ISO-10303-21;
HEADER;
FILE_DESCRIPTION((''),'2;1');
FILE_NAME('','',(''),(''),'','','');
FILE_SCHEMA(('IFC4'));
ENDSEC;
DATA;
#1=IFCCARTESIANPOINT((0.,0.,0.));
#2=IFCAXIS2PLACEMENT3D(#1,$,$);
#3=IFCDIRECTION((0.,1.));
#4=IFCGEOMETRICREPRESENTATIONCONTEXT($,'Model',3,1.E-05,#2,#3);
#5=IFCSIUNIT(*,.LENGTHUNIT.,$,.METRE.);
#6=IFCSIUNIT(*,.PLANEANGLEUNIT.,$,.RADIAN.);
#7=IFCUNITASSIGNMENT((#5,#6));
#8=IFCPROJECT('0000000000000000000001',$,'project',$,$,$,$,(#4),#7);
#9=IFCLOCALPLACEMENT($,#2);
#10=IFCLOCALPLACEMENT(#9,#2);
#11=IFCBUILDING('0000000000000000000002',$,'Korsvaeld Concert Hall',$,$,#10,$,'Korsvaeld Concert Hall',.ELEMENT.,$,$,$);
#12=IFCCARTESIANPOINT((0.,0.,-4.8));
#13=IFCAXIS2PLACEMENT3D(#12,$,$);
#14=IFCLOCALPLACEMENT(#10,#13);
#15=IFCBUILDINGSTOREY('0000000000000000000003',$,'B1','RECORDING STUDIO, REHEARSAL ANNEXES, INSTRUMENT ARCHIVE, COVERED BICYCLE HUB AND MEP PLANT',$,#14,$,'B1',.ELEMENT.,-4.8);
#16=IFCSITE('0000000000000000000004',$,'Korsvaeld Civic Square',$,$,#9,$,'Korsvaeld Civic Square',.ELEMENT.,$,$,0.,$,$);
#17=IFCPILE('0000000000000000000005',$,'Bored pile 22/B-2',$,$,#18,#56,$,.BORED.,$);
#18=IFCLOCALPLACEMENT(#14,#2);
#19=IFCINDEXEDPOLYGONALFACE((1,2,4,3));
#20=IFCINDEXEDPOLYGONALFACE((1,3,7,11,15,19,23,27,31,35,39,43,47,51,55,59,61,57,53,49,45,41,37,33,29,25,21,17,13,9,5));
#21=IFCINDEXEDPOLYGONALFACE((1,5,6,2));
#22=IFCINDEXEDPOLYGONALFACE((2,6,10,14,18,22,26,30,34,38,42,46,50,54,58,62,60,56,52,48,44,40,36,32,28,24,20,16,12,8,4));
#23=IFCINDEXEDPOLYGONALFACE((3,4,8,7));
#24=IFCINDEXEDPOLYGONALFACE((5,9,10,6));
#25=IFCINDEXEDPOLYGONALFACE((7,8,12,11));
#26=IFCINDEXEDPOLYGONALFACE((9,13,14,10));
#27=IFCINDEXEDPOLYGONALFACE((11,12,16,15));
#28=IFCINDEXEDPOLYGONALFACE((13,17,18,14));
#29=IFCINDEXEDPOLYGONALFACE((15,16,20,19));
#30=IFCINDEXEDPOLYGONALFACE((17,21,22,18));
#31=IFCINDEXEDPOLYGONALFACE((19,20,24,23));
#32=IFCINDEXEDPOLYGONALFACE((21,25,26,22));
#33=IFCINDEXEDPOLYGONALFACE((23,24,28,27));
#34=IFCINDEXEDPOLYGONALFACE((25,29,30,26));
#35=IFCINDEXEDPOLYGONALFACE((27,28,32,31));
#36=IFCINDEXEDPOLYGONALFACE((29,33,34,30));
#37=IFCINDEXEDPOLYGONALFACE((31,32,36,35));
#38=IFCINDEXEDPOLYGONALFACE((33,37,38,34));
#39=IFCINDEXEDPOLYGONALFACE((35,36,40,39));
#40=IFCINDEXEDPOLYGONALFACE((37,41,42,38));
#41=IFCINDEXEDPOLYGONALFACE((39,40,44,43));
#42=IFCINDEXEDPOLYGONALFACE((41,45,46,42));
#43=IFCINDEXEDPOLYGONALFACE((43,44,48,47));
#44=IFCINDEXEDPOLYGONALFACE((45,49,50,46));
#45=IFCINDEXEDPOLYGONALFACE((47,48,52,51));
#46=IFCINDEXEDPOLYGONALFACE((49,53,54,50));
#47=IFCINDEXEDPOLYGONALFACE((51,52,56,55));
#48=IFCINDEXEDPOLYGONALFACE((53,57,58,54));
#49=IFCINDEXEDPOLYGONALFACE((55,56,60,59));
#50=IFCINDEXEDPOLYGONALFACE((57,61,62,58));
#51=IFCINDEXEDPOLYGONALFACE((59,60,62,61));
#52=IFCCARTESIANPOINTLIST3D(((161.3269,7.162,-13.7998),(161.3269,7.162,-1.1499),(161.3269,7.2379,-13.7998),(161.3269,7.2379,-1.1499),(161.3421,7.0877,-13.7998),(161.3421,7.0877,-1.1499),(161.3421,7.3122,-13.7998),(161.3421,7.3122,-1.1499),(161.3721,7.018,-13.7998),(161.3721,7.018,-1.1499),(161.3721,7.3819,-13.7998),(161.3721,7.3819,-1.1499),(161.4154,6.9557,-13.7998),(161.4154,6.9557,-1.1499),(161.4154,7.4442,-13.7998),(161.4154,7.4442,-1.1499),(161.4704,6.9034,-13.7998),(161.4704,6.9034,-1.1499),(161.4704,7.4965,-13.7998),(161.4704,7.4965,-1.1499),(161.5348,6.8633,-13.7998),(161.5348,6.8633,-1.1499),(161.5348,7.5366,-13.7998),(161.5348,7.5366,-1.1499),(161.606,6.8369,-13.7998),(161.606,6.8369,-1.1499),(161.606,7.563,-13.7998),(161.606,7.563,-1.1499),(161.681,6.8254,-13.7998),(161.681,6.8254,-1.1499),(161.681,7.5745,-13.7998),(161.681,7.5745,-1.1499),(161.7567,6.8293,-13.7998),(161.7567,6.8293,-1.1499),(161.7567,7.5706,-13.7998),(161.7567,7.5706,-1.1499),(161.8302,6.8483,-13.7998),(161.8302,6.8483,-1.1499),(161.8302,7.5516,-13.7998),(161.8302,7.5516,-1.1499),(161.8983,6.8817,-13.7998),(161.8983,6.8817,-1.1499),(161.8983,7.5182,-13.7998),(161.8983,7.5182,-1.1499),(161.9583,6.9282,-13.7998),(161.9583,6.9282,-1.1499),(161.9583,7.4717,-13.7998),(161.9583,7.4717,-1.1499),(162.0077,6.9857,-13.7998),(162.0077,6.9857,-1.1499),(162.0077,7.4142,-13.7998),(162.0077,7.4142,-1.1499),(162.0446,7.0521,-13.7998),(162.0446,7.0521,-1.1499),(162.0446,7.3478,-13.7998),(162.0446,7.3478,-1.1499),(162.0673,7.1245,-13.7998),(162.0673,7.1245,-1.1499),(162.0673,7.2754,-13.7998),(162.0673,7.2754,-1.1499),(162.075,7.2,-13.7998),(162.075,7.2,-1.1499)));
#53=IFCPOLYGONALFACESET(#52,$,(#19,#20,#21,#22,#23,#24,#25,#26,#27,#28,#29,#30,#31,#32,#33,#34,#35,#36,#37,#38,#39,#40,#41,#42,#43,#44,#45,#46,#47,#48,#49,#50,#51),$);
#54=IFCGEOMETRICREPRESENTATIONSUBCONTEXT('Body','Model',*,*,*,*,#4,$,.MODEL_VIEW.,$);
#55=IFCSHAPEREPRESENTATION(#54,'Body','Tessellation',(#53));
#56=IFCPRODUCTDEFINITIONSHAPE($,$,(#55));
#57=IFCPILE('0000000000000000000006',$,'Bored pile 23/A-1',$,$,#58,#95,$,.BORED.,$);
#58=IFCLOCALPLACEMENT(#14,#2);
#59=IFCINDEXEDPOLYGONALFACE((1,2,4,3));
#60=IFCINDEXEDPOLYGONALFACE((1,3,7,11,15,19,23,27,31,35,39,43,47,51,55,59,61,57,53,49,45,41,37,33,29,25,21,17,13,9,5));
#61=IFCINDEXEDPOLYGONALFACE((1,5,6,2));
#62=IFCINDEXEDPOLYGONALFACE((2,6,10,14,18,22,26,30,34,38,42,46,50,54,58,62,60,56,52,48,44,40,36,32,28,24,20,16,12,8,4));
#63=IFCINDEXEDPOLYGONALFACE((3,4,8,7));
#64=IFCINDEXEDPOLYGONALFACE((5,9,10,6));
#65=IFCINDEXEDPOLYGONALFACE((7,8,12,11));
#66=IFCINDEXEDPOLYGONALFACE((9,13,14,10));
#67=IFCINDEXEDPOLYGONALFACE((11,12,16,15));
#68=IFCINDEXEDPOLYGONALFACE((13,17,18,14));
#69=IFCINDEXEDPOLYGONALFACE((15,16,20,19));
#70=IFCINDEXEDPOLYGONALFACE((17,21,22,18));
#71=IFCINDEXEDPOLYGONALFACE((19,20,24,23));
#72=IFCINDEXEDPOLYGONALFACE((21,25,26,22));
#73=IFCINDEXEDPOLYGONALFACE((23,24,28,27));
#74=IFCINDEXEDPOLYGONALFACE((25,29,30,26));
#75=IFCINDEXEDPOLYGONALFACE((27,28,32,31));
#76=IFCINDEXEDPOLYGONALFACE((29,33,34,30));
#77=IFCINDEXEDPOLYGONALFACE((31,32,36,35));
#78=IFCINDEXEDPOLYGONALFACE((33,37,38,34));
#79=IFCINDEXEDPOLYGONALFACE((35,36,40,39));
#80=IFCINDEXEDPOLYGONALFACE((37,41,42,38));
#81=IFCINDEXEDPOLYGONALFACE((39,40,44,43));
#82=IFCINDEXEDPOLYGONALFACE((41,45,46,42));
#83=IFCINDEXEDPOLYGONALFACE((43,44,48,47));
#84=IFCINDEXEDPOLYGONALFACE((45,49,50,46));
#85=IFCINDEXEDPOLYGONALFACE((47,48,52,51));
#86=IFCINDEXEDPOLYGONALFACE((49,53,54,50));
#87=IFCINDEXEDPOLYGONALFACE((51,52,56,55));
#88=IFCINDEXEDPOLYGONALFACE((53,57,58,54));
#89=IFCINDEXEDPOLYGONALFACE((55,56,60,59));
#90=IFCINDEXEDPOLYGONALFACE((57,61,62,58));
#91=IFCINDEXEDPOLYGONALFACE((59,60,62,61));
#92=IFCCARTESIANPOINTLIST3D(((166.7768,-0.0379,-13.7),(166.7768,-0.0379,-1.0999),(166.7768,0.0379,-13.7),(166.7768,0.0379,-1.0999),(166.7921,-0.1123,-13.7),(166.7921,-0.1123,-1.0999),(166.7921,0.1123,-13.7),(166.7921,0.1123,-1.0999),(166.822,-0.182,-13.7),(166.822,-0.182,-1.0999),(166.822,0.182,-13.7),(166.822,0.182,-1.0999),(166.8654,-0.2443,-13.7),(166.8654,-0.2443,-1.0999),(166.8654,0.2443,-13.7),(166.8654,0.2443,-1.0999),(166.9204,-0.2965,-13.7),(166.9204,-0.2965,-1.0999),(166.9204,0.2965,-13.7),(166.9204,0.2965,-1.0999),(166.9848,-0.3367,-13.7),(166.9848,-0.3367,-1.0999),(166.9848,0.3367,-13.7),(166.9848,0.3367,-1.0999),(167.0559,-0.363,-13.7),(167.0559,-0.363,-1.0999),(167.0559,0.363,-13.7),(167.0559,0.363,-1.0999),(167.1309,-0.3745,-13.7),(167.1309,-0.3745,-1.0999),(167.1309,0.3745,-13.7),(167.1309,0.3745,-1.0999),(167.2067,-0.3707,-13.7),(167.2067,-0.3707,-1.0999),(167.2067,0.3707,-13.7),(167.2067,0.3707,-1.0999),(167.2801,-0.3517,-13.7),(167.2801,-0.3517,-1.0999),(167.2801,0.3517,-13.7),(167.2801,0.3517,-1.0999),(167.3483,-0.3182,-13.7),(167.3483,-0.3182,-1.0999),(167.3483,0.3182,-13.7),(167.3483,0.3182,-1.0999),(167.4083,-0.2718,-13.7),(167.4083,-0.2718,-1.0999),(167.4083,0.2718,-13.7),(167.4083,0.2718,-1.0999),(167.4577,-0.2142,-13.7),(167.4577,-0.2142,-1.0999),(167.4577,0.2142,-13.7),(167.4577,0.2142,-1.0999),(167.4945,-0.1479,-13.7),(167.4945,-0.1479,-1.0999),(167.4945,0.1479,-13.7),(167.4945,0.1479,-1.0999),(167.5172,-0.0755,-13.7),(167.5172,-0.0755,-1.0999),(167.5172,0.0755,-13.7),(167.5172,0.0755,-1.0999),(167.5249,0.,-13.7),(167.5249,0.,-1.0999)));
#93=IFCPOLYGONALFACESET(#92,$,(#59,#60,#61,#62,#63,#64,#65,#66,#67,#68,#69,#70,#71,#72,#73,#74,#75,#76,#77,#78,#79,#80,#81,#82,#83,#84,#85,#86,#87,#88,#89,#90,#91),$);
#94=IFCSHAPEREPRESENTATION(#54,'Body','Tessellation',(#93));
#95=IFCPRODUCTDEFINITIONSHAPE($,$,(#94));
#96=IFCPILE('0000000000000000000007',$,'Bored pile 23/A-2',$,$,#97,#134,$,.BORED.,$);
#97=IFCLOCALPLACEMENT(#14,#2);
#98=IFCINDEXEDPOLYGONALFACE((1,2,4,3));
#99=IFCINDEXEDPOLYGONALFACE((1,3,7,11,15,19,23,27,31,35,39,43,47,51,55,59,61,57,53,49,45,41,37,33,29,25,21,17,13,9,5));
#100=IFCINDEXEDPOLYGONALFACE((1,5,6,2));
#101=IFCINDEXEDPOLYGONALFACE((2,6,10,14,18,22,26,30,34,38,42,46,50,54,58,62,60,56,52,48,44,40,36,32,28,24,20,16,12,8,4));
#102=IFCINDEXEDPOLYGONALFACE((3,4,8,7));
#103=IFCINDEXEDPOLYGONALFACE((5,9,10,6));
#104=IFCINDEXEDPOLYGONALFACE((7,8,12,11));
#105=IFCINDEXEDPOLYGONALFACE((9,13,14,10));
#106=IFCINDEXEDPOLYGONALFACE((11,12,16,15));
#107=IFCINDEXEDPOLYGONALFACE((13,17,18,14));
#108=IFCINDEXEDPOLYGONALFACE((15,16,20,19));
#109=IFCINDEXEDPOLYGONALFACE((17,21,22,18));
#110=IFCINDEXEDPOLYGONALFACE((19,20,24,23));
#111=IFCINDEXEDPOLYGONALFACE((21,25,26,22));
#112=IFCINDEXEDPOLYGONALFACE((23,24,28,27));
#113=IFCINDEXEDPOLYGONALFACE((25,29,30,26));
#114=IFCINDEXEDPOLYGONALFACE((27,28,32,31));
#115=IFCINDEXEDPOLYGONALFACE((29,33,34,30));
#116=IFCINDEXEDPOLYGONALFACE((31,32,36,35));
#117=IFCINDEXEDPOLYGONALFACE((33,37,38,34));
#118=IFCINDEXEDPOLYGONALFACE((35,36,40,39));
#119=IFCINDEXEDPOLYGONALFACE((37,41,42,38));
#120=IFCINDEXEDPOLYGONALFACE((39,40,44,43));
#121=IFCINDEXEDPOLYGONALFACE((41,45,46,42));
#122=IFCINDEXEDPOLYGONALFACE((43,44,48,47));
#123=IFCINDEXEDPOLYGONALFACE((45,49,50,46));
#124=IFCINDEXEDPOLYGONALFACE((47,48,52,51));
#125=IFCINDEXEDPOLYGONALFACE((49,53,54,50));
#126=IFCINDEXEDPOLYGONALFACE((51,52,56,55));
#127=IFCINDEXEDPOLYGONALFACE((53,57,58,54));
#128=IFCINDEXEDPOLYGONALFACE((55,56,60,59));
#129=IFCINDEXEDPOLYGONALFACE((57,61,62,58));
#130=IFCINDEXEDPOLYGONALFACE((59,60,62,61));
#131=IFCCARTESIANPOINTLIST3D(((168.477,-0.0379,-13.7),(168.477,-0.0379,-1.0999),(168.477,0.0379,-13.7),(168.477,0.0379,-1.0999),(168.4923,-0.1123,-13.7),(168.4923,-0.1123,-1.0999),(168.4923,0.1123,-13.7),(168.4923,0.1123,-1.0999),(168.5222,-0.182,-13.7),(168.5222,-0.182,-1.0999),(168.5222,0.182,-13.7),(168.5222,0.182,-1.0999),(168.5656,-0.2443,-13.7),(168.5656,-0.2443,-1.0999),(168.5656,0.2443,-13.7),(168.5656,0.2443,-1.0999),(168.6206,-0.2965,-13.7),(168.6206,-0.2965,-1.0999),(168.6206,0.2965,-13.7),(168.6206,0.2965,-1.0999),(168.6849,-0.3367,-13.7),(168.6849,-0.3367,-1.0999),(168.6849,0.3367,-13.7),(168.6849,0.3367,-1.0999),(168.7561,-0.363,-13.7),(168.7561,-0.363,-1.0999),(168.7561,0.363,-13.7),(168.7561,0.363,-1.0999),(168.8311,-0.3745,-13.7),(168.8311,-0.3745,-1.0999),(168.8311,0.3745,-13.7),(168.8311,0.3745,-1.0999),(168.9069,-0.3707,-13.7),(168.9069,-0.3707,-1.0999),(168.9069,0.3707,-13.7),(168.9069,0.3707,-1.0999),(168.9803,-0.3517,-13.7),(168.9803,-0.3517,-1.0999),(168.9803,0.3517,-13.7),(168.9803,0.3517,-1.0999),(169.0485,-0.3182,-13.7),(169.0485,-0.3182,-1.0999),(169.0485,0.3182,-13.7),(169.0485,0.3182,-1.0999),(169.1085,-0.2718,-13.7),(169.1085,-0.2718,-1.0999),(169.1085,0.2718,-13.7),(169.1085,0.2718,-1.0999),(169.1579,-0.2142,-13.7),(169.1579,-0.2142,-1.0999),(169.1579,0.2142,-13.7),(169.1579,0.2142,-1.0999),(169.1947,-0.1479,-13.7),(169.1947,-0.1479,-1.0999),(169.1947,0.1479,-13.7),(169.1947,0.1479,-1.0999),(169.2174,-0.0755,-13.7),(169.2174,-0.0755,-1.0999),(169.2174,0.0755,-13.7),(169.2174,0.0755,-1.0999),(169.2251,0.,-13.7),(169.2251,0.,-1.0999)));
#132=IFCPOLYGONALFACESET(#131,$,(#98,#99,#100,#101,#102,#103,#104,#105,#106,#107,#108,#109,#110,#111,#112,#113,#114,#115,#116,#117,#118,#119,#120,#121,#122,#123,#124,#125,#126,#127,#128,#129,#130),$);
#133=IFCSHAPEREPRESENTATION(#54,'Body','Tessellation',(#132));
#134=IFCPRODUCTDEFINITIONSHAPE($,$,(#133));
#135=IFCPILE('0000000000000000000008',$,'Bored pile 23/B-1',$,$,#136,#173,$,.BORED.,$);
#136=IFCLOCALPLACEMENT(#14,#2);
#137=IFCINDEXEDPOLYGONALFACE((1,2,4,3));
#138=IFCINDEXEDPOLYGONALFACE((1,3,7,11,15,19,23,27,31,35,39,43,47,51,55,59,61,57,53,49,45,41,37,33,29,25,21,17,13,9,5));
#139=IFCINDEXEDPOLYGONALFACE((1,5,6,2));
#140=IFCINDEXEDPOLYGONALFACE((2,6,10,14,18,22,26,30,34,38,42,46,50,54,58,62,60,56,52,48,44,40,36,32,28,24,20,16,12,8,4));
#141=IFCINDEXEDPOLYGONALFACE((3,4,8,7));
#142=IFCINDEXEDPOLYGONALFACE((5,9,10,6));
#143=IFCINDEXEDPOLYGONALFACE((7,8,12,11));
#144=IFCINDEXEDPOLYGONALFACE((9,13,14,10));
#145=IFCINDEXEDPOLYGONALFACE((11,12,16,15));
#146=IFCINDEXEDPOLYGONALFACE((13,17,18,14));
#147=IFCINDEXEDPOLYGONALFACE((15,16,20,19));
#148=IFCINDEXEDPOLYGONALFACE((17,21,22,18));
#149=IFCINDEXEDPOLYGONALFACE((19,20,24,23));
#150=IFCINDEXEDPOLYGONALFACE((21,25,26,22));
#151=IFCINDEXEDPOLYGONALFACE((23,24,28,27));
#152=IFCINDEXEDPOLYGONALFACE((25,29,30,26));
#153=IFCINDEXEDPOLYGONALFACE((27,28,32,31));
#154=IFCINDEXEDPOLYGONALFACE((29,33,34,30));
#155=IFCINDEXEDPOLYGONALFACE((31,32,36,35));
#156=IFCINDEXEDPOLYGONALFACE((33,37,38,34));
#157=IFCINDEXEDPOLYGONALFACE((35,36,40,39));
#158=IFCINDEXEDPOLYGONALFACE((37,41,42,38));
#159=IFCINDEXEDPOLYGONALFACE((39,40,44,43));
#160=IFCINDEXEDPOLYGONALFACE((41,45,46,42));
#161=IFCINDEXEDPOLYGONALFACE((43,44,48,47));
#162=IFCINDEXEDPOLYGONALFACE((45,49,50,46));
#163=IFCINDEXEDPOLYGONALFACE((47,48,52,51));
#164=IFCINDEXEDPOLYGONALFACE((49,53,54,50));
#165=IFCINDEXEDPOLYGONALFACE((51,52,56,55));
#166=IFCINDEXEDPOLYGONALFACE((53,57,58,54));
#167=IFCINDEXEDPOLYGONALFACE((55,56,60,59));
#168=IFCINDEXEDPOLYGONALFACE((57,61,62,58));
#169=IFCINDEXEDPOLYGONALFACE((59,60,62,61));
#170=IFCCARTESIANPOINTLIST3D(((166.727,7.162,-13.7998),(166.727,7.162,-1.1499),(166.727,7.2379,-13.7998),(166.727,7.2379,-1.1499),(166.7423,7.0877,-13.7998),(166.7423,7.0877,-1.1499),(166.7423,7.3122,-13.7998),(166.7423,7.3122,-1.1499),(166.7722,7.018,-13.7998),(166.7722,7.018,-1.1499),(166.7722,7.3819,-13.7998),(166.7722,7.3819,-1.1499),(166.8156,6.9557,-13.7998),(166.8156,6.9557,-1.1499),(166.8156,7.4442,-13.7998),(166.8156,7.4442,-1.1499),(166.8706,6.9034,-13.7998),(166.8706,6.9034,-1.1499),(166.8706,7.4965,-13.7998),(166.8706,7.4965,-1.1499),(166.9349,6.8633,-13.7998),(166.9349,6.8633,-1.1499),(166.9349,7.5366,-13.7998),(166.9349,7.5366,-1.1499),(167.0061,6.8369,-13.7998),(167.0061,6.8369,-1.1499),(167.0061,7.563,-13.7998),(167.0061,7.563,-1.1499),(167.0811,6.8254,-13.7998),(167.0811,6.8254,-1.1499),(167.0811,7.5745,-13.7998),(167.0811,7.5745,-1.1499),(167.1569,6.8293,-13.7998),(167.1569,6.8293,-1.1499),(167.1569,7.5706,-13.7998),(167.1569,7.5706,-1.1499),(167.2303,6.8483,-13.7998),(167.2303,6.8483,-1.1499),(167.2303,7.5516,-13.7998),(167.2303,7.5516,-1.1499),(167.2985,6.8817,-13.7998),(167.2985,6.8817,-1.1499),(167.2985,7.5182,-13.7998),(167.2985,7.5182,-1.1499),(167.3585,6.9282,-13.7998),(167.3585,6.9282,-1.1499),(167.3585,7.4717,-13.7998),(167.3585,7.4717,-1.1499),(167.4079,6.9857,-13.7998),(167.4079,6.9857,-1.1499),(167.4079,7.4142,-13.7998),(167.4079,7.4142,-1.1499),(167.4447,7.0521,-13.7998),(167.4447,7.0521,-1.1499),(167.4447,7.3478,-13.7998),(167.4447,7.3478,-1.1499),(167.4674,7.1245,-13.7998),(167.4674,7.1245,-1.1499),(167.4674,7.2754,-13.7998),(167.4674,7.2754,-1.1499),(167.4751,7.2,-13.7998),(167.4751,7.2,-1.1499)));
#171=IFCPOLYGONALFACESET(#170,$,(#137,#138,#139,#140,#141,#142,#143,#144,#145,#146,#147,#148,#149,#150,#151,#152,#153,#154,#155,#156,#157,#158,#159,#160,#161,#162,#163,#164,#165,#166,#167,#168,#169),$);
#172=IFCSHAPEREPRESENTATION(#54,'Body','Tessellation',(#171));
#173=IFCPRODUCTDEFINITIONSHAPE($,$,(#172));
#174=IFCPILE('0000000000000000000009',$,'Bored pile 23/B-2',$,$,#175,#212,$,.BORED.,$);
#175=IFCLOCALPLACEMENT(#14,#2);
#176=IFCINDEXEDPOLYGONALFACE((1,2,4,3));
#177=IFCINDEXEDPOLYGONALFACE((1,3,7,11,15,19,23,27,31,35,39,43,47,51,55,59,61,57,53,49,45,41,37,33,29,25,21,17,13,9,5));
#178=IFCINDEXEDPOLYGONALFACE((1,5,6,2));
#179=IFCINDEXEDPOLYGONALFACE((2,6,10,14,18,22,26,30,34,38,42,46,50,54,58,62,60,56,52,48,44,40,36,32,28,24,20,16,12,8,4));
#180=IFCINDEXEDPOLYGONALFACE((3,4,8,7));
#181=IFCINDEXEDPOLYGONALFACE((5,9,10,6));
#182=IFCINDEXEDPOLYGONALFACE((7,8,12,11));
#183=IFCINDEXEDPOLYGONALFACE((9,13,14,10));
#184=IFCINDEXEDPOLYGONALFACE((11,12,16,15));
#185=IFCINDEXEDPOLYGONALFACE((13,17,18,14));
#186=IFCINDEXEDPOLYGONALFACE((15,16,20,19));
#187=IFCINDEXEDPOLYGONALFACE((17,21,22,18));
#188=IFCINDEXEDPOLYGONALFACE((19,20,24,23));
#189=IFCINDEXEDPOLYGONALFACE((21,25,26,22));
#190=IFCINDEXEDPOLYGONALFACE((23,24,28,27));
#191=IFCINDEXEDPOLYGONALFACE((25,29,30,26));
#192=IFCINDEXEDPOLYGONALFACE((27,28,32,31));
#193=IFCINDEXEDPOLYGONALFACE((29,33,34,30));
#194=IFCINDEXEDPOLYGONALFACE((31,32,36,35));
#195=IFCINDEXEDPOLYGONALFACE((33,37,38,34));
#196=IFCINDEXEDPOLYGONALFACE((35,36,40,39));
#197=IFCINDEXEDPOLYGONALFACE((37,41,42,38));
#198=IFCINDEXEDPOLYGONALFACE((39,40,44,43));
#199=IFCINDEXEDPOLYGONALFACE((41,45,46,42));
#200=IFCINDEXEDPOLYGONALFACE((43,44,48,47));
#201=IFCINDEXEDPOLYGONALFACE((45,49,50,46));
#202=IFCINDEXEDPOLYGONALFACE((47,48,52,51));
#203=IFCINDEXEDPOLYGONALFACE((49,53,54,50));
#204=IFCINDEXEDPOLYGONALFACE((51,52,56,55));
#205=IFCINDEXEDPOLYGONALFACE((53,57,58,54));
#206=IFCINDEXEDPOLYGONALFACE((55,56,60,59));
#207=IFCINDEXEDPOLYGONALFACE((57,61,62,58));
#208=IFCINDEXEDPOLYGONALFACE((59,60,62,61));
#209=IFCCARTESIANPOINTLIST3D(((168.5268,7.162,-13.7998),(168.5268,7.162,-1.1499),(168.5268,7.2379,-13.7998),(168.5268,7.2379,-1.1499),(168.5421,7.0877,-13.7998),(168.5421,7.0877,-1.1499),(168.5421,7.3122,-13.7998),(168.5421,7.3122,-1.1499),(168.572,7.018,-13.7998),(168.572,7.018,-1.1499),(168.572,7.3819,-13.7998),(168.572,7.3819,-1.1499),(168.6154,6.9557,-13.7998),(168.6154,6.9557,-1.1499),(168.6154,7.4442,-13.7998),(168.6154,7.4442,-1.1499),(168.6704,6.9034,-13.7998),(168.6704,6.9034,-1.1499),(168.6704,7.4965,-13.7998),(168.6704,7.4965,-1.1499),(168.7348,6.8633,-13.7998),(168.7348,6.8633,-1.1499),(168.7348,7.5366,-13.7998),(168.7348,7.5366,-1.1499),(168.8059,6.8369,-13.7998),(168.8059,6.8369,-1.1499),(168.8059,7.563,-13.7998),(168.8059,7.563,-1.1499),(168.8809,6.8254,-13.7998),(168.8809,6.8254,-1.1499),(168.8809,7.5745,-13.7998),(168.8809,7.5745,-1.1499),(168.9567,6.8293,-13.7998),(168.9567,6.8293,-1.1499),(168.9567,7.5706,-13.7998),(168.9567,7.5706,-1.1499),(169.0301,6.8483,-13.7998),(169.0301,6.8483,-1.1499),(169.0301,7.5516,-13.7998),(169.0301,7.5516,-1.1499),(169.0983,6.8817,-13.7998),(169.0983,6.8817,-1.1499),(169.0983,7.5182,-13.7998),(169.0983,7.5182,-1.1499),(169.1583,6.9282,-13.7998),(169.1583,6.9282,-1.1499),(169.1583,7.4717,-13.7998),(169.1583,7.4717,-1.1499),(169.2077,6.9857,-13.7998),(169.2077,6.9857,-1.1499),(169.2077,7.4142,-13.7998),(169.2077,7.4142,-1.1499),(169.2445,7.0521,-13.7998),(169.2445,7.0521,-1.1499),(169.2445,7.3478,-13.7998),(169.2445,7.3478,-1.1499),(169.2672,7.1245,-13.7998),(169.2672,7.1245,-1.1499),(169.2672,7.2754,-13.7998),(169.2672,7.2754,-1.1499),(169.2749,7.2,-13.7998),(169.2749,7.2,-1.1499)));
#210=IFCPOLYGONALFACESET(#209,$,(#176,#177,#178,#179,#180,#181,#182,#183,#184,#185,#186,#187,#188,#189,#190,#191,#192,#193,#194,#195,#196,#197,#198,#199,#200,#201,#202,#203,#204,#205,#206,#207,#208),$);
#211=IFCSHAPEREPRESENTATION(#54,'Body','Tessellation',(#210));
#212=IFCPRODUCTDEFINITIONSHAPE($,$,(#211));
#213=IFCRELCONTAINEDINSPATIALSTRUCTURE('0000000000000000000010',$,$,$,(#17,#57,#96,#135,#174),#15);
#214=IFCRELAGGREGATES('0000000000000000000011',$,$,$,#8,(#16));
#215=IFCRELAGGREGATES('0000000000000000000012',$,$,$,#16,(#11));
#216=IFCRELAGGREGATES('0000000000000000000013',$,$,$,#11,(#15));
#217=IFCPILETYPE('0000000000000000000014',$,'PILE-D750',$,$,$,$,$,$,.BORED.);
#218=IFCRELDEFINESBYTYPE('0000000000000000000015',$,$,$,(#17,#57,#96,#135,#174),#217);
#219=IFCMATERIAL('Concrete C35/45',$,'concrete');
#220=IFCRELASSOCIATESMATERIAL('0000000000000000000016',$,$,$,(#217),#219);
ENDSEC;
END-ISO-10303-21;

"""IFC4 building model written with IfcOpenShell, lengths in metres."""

from ifc_helpers import new_model, si_unit, direction, frame, origin, origin_2d, place, context, subcontext, project, spatial, circle, extrude, material, material_profile, profile_set, type_object, element, save


model = new_model("IFC4")

# Units and contexts
model_context = context("Model", 3, precision=1e-05, world=origin(), true_north=direction((0.0, 1.0)))
body_context = subcontext(model_context, "Body", "Model", "MODEL_VIEW")
ifc_project = project(units=[si_unit("LENGTHUNIT", "METRE"), si_unit("PLANEANGLEUNIT", "RADIAN")], contexts=[model_context])

# Site, building, storey
site_placement = place(None, origin())
site = spatial("IfcSite", under=ifc_project, at=site_placement, Name="Korsvaeld Civic Square", LongName="Korsvaeld Civic Square", CompositionType="ELEMENT", RefElevation=0.0)
building_placement = place(site_placement, origin())
building = spatial("IfcBuilding", under=site, at=building_placement, Name="Korsvaeld Concert Hall", LongName="Korsvaeld Concert Hall", CompositionType="ELEMENT")
storey_placement = place(building_placement, frame((0.0, 0.0, -4.8)))
storey = spatial("IfcBuildingStorey", under=building, at=storey_placement, Name="B1", Description="RECORDING STUDIO, REHEARSAL ANNEXES, INSTRUMENT ARCHIVE, COVERED BICYCLE HUB AND MEP PLANT", LongName="B1", CompositionType="ELEMENT", Elevation=-4.8)

# Shared definitions
ifc_material_1 = material(Name="Concrete C35/45", Category="concrete")

# Piles
ifc_material_profile_1 = material_profile(ifc_material_1, circle(Radius=0.375, at=origin_2d()), Name="BORED PILE D750")
ifc_profile_set_1 = profile_set([ifc_material_profile_1], Name="Concrete C35/45")
pile_type_1 = type_object("IfcPileType", Name="PILE-D750", PredefinedType="BORED", material=ifc_profile_set_1)
pile_1_placement = place(storey_placement, frame((161.7, 7.2, -1.1499), z_axis=(0.0, 0.0, -1.0), x_axis=(1.0, 0.0, 0.0)))
element("IfcPile", 1, at=pile_1_placement, inside=storey, type_object=pile_type_1, Name="Bored pile 22/B-2", PredefinedType="BORED", context=body_context, shape_type="SweptSolid", body=[
    extrude(circle(Radius=0.375, at=origin_2d()), origin(), (0.0, 0.0, 1.0), 12.6499),
])
for number, where, z_axis, x_axis, name in (
    (2, (167.1499, 0.0, -1.0999), (0.0, 0.0, -1.0), (1.0, 0.0, 0.0), "Bored pile 23/A-1"),
    (3, (168.8501, 0.0, -1.0999), (0.0, 0.0, -1.0), (1.0, 0.0, 0.0), "Bored pile 23/A-2"),
):
    element("IfcPile", number, at=place(storey_placement, frame(where, z_axis=z_axis, x_axis=x_axis)), inside=storey, type_object=pile_type_1, Name=name, PredefinedType="BORED", context=body_context, shape_type="SweptSolid", body=[
        extrude(circle(Radius=0.375, at=origin_2d()), origin(), (0.0, 0.0, 1.0), 12.6001),
    ])
for number, where, z_axis, x_axis, name in (
    (4, (167.1001, 7.2, -1.1499), (0.0, 0.0, -1.0), (1.0, 0.0, 0.0), "Bored pile 23/B-1"),
    (5, (168.8999, 7.2, -1.1499), (0.0, 0.0, -1.0), (1.0, 0.0, 0.0), "Bored pile 23/B-2"),
):
    element("IfcPile", number, at=place(storey_placement, frame(where, z_axis=z_axis, x_axis=x_axis)), inside=storey, type_object=pile_type_1, Name=name, PredefinedType="BORED", context=body_context, shape_type="SweptSolid", body=[
        extrude(circle(Radius=0.375, at=origin_2d()), origin(), (0.0, 0.0, 1.0), 12.6499),
    ])

save(model, "model.ifc")
